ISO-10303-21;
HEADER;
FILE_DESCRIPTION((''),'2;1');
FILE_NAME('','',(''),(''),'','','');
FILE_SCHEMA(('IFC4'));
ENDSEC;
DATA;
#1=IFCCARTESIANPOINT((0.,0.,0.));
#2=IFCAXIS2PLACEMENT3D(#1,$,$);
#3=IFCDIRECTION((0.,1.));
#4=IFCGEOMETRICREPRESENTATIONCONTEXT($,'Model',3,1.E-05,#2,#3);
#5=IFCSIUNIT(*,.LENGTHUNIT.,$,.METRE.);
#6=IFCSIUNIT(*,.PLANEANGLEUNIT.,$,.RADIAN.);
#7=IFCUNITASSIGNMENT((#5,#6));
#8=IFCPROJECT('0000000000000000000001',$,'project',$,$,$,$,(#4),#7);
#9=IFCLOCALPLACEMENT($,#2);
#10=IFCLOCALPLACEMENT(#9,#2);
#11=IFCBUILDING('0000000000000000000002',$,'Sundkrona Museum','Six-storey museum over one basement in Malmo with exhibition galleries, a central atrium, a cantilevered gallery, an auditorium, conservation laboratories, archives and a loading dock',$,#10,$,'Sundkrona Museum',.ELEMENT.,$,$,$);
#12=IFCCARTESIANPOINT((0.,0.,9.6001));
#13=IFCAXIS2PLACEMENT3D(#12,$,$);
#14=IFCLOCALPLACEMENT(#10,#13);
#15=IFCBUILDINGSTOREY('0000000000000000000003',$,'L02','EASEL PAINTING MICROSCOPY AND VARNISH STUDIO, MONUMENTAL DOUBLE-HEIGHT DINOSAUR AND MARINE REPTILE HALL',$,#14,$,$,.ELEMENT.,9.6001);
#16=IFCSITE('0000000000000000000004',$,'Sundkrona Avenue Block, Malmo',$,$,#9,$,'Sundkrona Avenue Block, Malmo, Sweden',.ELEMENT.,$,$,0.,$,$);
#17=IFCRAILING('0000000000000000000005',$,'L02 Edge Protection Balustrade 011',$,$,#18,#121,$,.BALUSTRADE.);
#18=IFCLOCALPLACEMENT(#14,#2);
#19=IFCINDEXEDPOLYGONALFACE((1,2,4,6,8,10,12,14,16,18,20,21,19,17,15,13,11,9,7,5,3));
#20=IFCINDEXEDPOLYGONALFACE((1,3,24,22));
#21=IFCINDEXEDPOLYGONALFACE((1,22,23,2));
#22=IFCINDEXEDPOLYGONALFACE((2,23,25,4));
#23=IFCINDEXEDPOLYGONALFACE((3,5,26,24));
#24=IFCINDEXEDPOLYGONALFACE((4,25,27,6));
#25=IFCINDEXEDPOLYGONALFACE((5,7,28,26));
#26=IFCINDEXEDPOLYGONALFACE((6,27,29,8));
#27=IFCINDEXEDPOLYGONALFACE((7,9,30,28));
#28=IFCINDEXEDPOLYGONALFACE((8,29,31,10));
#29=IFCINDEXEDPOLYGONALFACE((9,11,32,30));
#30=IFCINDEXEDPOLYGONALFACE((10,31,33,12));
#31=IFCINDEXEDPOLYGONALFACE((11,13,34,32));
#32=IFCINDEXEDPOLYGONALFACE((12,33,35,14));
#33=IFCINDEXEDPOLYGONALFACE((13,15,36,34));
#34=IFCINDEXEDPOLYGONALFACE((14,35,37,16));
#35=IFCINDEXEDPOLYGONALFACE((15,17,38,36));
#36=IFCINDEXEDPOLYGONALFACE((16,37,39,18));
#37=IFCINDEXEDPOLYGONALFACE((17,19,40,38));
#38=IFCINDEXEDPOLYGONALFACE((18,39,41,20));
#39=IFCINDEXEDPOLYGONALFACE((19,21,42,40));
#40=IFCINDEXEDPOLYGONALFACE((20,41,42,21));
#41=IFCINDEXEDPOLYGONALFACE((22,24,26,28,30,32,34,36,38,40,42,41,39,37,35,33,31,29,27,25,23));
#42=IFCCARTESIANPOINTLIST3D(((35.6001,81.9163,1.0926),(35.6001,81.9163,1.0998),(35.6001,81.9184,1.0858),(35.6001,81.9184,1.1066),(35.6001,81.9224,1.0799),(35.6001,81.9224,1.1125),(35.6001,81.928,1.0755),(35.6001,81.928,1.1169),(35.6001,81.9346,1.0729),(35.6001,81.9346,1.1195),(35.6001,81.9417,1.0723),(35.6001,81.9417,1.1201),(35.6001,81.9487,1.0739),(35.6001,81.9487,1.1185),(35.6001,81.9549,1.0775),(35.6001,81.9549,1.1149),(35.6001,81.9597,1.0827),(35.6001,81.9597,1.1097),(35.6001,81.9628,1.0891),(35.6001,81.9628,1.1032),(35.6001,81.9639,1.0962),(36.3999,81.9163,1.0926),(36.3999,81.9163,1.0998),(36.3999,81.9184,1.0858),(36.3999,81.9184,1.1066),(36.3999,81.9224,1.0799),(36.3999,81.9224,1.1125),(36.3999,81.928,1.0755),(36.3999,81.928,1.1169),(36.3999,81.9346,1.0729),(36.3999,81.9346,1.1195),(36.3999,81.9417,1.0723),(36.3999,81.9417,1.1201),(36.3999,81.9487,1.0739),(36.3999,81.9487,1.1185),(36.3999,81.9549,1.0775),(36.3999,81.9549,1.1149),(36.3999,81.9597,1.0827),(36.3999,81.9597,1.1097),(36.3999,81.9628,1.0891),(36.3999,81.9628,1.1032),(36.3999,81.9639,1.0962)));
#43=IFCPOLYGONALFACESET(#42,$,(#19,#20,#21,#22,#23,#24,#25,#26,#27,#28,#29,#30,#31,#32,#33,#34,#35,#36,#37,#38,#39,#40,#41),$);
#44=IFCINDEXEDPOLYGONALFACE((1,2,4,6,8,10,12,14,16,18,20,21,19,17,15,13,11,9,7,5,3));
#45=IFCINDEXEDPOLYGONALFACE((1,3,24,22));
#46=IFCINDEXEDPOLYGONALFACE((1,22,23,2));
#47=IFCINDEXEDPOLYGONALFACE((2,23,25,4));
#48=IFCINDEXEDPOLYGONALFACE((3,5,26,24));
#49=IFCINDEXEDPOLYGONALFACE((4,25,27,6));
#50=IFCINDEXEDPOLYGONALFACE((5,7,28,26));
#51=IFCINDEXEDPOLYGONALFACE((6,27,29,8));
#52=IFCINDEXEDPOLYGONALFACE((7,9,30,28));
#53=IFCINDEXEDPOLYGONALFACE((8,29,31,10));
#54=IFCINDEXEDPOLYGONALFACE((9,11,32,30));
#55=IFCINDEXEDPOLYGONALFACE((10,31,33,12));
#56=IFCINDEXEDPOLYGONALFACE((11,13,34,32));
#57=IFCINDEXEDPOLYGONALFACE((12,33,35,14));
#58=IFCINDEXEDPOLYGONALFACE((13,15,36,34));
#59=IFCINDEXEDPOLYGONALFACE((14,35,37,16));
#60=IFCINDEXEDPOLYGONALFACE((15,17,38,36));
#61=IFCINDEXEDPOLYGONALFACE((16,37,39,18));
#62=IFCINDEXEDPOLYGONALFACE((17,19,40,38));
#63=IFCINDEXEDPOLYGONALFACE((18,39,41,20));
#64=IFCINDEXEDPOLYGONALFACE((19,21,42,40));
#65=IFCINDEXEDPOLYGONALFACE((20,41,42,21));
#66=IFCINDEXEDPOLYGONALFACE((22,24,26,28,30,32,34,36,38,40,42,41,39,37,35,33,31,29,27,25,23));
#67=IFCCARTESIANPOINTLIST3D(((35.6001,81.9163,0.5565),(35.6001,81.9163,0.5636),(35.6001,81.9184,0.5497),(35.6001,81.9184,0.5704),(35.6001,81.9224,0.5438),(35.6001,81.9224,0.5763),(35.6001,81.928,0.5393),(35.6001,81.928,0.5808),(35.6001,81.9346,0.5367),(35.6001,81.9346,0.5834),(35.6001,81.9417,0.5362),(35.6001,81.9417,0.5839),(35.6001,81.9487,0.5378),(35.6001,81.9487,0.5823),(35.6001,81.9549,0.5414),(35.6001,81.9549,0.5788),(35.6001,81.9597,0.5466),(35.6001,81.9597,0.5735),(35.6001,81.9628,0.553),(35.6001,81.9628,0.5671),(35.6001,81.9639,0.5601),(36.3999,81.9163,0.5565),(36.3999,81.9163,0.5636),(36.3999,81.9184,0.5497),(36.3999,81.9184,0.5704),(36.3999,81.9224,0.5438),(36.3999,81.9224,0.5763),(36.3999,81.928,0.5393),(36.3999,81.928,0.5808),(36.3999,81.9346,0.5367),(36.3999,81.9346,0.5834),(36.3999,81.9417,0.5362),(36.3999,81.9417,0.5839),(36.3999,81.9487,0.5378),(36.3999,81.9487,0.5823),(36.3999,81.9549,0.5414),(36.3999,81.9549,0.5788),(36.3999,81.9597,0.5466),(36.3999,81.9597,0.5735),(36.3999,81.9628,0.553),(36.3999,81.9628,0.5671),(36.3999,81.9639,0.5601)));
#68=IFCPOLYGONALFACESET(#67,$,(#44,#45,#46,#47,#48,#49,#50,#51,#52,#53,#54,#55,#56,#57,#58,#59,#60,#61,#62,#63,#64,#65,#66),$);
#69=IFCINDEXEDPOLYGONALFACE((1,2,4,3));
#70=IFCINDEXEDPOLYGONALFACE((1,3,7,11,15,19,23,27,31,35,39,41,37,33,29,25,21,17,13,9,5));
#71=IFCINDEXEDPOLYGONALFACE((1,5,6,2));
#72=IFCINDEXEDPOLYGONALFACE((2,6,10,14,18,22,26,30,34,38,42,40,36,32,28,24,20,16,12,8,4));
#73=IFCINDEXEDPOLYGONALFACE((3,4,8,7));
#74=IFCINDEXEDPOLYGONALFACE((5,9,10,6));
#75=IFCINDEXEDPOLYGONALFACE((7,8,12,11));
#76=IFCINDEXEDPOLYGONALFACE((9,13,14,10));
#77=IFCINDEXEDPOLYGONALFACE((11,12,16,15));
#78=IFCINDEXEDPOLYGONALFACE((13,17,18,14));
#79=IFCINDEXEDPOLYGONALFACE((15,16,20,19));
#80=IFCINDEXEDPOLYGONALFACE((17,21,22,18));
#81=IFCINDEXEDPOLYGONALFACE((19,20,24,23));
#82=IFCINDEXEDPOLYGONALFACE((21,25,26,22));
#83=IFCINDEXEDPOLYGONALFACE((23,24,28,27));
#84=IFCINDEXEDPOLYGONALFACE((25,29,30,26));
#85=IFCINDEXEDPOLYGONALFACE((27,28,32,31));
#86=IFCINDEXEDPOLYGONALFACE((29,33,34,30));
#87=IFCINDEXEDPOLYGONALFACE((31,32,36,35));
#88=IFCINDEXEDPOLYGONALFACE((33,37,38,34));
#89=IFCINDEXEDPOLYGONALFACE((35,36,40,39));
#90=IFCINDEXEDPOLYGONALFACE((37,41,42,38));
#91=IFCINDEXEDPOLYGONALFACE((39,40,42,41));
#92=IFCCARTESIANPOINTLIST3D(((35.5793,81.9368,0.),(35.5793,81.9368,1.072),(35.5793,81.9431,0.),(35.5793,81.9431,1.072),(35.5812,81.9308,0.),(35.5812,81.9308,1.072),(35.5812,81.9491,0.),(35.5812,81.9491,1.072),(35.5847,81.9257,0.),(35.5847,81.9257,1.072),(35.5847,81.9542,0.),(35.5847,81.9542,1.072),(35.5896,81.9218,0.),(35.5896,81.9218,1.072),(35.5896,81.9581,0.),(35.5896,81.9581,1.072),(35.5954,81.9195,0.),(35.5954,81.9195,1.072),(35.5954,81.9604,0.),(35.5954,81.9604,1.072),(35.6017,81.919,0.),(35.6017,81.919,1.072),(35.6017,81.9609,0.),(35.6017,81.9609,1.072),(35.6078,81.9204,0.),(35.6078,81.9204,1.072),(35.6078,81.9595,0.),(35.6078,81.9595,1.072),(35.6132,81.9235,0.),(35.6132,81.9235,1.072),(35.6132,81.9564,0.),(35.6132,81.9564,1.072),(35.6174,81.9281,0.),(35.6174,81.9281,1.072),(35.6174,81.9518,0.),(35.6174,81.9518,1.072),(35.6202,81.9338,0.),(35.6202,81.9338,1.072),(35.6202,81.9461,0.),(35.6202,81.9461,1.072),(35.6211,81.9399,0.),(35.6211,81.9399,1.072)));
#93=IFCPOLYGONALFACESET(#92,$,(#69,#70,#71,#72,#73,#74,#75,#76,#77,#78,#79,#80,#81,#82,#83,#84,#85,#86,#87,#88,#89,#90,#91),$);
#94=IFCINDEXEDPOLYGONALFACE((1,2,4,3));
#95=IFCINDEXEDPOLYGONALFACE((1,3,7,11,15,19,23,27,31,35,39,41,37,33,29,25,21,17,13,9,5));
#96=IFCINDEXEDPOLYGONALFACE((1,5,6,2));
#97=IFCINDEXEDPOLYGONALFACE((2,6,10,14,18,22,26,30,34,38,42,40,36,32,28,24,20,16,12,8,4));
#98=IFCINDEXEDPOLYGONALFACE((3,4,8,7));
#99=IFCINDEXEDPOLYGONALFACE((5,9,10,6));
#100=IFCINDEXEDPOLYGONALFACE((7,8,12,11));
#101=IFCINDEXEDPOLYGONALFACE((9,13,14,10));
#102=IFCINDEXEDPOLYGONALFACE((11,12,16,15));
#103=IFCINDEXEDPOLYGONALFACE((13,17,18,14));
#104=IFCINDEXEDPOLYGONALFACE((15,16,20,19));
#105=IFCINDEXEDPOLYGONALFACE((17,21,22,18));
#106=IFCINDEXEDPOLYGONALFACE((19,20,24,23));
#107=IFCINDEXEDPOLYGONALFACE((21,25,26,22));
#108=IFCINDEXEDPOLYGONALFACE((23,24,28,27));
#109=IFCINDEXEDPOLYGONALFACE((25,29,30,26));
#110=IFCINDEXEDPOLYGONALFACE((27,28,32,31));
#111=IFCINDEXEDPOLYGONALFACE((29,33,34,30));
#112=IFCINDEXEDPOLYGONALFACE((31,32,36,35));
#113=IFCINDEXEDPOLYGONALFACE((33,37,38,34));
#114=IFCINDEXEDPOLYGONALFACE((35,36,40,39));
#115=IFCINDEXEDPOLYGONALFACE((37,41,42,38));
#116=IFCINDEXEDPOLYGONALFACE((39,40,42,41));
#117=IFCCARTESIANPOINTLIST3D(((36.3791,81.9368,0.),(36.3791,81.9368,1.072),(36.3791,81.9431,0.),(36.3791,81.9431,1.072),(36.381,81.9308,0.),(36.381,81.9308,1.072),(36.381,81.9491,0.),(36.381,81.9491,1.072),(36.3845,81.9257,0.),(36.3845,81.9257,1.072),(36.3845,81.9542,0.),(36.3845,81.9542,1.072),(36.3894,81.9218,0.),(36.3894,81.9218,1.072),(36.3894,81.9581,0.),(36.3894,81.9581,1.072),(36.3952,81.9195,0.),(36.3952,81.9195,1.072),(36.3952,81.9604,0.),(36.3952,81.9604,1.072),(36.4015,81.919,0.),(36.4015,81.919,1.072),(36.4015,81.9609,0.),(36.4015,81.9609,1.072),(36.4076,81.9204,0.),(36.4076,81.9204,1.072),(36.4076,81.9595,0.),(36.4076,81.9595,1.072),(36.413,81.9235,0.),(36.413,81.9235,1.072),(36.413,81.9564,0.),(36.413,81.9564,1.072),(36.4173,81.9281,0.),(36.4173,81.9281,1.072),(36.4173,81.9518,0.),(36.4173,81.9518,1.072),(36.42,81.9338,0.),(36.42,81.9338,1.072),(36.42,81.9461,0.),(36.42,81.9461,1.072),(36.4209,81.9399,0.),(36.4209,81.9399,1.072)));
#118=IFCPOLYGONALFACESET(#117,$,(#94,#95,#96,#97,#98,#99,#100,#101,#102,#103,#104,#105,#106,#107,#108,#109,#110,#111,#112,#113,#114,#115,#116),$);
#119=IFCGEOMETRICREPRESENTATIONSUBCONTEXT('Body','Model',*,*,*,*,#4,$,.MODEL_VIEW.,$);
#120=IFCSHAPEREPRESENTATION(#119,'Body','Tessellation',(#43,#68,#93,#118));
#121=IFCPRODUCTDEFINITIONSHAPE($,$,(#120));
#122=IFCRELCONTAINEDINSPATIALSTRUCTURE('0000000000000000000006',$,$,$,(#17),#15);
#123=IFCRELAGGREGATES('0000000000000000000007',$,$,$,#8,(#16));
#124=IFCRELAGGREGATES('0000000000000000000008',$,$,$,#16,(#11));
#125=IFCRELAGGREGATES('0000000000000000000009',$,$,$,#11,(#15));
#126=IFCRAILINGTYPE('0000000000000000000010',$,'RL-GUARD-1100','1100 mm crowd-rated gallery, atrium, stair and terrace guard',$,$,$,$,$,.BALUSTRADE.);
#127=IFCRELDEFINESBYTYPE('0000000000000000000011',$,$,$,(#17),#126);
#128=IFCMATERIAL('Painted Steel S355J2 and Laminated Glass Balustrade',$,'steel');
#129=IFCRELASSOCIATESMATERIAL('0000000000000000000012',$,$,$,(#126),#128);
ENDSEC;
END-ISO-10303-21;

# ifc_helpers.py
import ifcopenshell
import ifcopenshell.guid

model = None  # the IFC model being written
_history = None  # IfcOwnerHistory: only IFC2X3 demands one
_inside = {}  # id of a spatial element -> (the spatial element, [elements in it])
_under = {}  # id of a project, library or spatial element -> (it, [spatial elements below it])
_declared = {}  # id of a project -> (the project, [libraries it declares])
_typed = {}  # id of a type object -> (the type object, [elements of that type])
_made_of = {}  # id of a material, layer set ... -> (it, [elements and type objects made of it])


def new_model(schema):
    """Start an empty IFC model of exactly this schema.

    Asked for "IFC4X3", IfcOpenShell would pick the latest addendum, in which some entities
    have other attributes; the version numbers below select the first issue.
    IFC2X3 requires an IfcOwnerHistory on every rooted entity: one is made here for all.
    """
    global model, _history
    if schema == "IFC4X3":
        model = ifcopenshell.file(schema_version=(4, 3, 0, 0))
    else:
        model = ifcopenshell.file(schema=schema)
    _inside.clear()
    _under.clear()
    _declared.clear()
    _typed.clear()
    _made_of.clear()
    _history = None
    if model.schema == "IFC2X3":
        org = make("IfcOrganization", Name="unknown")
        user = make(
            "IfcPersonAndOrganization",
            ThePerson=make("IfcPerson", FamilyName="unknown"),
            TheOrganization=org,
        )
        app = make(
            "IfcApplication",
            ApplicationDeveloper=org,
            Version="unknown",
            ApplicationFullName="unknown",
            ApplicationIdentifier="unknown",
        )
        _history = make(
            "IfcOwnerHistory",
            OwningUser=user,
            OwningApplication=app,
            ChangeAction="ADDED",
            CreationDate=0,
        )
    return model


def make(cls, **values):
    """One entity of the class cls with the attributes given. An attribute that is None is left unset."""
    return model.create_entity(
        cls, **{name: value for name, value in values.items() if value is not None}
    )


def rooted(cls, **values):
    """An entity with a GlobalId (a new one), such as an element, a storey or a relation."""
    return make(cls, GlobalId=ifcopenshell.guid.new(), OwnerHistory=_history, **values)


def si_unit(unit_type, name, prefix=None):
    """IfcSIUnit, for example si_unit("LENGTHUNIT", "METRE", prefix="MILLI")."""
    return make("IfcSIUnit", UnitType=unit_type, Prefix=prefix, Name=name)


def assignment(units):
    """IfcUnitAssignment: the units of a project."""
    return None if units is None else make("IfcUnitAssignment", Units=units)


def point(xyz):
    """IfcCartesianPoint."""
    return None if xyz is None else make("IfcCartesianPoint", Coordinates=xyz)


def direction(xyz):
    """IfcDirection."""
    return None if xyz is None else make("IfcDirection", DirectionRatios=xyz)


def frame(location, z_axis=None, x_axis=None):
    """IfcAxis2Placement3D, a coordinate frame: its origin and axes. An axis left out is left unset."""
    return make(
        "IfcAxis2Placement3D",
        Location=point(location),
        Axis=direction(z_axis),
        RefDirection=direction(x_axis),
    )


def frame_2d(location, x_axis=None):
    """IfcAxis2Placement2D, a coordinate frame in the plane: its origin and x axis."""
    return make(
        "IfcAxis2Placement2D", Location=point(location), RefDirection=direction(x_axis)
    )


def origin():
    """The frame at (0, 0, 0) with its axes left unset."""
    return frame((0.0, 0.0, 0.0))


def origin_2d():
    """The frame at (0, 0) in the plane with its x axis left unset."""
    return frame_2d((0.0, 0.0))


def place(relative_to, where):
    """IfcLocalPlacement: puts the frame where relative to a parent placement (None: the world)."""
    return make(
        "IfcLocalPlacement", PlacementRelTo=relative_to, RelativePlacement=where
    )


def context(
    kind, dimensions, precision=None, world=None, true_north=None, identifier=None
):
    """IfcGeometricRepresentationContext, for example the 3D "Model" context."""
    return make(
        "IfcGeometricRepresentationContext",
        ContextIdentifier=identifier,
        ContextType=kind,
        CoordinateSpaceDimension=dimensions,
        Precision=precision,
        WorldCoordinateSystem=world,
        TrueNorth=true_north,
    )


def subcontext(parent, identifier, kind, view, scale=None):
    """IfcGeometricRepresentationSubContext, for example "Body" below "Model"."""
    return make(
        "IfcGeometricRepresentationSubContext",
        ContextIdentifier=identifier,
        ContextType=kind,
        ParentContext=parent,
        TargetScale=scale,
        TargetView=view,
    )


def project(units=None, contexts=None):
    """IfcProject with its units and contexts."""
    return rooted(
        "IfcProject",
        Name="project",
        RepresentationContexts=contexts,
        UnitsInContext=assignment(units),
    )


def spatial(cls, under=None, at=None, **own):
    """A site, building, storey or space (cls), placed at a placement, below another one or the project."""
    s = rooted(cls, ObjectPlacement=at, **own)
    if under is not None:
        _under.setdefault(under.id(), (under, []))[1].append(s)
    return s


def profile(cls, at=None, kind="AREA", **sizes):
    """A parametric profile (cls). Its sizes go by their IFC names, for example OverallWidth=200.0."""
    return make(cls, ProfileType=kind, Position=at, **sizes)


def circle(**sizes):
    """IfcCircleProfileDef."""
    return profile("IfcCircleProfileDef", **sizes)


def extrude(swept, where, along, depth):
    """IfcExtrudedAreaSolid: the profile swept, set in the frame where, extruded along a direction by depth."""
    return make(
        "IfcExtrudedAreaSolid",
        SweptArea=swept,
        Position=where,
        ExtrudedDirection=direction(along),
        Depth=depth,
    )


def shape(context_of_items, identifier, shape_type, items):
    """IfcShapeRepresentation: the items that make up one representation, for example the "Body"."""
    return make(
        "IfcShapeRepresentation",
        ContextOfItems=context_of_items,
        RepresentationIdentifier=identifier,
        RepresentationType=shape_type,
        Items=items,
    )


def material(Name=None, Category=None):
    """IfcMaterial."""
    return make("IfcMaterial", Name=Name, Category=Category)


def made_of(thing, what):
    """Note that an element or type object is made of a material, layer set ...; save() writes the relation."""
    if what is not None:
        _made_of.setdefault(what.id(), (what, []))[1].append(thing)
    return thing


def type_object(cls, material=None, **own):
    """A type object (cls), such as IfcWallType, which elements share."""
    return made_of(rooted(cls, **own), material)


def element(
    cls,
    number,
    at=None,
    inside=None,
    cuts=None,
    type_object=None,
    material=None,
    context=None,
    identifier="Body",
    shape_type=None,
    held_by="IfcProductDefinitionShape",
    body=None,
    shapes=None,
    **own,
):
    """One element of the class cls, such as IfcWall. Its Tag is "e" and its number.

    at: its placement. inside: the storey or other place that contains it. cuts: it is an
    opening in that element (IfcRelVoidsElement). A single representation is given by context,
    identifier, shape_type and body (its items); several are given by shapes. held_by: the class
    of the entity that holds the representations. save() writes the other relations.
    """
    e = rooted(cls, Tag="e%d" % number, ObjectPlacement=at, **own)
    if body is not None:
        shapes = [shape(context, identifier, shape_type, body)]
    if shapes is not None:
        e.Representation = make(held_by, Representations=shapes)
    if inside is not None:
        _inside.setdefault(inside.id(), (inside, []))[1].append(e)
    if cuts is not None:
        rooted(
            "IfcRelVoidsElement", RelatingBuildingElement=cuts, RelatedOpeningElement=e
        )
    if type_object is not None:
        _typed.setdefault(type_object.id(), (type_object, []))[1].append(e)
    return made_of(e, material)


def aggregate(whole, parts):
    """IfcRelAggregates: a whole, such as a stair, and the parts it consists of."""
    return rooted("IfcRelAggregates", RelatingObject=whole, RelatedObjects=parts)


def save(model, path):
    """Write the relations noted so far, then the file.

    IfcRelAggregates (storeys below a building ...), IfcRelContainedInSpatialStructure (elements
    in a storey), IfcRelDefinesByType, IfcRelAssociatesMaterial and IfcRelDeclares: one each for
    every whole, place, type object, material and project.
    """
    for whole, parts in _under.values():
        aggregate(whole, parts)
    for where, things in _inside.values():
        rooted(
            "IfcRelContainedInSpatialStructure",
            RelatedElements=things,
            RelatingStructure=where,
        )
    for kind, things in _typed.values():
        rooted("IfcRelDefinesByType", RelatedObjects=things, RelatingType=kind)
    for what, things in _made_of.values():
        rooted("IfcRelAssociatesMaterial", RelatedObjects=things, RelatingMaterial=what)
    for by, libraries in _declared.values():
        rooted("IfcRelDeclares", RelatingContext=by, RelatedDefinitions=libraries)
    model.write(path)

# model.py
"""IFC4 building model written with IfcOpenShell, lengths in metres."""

from ifc_helpers import new_model, si_unit, direction, frame, origin, origin_2d, place, context, subcontext, project, spatial, circle, extrude, material, type_object, element, save


model = new_model("IFC4")

# Units and contexts
model_context = context("Model", 3, precision=1e-05, world=origin(), true_north=direction((0.0, 1.0)))
body_context = subcontext(model_context, "Body", "Model", "MODEL_VIEW")
ifc_project = project(units=[si_unit("LENGTHUNIT", "METRE"), si_unit("PLANEANGLEUNIT", "RADIAN")], contexts=[model_context])

# Site, building, storey
site_placement = place(None, origin())
site = spatial("IfcSite", under=ifc_project, at=site_placement, Name="Sundkrona Avenue Block, Malmo", LongName="Sundkrona Avenue Block, Malmo, Sweden", CompositionType="ELEMENT", RefElevation=0.0)
building_placement = place(site_placement, origin())
building = spatial("IfcBuilding", under=site, at=building_placement, Name="Sundkrona Museum", Description="Six-storey museum over one basement in Malmo with exhibition galleries, a central atrium, a cantilevered gallery, an auditorium, conservation laboratories, archives and a loading dock", LongName="Sundkrona Museum", CompositionType="ELEMENT")
storey_placement = place(building_placement, frame((0.0, 0.0, 9.6001)))
storey = spatial("IfcBuildingStorey", under=building, at=storey_placement, Name="L02", Description="EASEL PAINTING MICROSCOPY AND VARNISH STUDIO, MONUMENTAL DOUBLE-HEIGHT DINOSAUR AND MARINE REPTILE HALL", CompositionType="ELEMENT", Elevation=9.6001)

# Railing
ifc_material_1 = material(Name="Painted Steel S355J2 and Laminated Glass Balustrade", Category="steel")
railing_type = type_object("IfcRailingType", Name="RL-GUARD-1100", Description="1100 mm crowd-rated gallery, atrium, stair and terrace guard", PredefinedType="BALUSTRADE", material=ifc_material_1)
railing_1_placement = place(storey_placement, frame((35.6001, 81.9399, 0.0)))
element("IfcRailing", 1, at=railing_1_placement, inside=storey, type_object=railing_type, Name="L02 Edge Protection Balustrade 011", PredefinedType="BALUSTRADE", context=body_context, shape_type="SweptSolid", body=[
    extrude(circle(Radius=0.0239, at=origin_2d()), frame((0.0, 0.0, 1.0962), z_axis=(1.0, 0.0, 0.0), x_axis=(0.0, 1.0, 0.0)), (0.0, 0.0, 1.0), 0.7998),
    extrude(circle(Radius=0.0239, at=origin_2d()), frame((0.0, 0.0, 0.5601), z_axis=(1.0, 0.0, 0.0), x_axis=(0.0, 1.0, 0.0)), (0.0, 0.0, 1.0), 0.7998),
    extrude(circle(Radius=0.021, at=origin_2d()), origin(), (0.0, 0.0, 1.0), 1.072),
    extrude(circle(Radius=0.021, at=origin_2d()), frame((0.7998, 0.0, 0.0)), (0.0, 0.0, 1.0), 1.072),
])

save(model, "model.ifc")
